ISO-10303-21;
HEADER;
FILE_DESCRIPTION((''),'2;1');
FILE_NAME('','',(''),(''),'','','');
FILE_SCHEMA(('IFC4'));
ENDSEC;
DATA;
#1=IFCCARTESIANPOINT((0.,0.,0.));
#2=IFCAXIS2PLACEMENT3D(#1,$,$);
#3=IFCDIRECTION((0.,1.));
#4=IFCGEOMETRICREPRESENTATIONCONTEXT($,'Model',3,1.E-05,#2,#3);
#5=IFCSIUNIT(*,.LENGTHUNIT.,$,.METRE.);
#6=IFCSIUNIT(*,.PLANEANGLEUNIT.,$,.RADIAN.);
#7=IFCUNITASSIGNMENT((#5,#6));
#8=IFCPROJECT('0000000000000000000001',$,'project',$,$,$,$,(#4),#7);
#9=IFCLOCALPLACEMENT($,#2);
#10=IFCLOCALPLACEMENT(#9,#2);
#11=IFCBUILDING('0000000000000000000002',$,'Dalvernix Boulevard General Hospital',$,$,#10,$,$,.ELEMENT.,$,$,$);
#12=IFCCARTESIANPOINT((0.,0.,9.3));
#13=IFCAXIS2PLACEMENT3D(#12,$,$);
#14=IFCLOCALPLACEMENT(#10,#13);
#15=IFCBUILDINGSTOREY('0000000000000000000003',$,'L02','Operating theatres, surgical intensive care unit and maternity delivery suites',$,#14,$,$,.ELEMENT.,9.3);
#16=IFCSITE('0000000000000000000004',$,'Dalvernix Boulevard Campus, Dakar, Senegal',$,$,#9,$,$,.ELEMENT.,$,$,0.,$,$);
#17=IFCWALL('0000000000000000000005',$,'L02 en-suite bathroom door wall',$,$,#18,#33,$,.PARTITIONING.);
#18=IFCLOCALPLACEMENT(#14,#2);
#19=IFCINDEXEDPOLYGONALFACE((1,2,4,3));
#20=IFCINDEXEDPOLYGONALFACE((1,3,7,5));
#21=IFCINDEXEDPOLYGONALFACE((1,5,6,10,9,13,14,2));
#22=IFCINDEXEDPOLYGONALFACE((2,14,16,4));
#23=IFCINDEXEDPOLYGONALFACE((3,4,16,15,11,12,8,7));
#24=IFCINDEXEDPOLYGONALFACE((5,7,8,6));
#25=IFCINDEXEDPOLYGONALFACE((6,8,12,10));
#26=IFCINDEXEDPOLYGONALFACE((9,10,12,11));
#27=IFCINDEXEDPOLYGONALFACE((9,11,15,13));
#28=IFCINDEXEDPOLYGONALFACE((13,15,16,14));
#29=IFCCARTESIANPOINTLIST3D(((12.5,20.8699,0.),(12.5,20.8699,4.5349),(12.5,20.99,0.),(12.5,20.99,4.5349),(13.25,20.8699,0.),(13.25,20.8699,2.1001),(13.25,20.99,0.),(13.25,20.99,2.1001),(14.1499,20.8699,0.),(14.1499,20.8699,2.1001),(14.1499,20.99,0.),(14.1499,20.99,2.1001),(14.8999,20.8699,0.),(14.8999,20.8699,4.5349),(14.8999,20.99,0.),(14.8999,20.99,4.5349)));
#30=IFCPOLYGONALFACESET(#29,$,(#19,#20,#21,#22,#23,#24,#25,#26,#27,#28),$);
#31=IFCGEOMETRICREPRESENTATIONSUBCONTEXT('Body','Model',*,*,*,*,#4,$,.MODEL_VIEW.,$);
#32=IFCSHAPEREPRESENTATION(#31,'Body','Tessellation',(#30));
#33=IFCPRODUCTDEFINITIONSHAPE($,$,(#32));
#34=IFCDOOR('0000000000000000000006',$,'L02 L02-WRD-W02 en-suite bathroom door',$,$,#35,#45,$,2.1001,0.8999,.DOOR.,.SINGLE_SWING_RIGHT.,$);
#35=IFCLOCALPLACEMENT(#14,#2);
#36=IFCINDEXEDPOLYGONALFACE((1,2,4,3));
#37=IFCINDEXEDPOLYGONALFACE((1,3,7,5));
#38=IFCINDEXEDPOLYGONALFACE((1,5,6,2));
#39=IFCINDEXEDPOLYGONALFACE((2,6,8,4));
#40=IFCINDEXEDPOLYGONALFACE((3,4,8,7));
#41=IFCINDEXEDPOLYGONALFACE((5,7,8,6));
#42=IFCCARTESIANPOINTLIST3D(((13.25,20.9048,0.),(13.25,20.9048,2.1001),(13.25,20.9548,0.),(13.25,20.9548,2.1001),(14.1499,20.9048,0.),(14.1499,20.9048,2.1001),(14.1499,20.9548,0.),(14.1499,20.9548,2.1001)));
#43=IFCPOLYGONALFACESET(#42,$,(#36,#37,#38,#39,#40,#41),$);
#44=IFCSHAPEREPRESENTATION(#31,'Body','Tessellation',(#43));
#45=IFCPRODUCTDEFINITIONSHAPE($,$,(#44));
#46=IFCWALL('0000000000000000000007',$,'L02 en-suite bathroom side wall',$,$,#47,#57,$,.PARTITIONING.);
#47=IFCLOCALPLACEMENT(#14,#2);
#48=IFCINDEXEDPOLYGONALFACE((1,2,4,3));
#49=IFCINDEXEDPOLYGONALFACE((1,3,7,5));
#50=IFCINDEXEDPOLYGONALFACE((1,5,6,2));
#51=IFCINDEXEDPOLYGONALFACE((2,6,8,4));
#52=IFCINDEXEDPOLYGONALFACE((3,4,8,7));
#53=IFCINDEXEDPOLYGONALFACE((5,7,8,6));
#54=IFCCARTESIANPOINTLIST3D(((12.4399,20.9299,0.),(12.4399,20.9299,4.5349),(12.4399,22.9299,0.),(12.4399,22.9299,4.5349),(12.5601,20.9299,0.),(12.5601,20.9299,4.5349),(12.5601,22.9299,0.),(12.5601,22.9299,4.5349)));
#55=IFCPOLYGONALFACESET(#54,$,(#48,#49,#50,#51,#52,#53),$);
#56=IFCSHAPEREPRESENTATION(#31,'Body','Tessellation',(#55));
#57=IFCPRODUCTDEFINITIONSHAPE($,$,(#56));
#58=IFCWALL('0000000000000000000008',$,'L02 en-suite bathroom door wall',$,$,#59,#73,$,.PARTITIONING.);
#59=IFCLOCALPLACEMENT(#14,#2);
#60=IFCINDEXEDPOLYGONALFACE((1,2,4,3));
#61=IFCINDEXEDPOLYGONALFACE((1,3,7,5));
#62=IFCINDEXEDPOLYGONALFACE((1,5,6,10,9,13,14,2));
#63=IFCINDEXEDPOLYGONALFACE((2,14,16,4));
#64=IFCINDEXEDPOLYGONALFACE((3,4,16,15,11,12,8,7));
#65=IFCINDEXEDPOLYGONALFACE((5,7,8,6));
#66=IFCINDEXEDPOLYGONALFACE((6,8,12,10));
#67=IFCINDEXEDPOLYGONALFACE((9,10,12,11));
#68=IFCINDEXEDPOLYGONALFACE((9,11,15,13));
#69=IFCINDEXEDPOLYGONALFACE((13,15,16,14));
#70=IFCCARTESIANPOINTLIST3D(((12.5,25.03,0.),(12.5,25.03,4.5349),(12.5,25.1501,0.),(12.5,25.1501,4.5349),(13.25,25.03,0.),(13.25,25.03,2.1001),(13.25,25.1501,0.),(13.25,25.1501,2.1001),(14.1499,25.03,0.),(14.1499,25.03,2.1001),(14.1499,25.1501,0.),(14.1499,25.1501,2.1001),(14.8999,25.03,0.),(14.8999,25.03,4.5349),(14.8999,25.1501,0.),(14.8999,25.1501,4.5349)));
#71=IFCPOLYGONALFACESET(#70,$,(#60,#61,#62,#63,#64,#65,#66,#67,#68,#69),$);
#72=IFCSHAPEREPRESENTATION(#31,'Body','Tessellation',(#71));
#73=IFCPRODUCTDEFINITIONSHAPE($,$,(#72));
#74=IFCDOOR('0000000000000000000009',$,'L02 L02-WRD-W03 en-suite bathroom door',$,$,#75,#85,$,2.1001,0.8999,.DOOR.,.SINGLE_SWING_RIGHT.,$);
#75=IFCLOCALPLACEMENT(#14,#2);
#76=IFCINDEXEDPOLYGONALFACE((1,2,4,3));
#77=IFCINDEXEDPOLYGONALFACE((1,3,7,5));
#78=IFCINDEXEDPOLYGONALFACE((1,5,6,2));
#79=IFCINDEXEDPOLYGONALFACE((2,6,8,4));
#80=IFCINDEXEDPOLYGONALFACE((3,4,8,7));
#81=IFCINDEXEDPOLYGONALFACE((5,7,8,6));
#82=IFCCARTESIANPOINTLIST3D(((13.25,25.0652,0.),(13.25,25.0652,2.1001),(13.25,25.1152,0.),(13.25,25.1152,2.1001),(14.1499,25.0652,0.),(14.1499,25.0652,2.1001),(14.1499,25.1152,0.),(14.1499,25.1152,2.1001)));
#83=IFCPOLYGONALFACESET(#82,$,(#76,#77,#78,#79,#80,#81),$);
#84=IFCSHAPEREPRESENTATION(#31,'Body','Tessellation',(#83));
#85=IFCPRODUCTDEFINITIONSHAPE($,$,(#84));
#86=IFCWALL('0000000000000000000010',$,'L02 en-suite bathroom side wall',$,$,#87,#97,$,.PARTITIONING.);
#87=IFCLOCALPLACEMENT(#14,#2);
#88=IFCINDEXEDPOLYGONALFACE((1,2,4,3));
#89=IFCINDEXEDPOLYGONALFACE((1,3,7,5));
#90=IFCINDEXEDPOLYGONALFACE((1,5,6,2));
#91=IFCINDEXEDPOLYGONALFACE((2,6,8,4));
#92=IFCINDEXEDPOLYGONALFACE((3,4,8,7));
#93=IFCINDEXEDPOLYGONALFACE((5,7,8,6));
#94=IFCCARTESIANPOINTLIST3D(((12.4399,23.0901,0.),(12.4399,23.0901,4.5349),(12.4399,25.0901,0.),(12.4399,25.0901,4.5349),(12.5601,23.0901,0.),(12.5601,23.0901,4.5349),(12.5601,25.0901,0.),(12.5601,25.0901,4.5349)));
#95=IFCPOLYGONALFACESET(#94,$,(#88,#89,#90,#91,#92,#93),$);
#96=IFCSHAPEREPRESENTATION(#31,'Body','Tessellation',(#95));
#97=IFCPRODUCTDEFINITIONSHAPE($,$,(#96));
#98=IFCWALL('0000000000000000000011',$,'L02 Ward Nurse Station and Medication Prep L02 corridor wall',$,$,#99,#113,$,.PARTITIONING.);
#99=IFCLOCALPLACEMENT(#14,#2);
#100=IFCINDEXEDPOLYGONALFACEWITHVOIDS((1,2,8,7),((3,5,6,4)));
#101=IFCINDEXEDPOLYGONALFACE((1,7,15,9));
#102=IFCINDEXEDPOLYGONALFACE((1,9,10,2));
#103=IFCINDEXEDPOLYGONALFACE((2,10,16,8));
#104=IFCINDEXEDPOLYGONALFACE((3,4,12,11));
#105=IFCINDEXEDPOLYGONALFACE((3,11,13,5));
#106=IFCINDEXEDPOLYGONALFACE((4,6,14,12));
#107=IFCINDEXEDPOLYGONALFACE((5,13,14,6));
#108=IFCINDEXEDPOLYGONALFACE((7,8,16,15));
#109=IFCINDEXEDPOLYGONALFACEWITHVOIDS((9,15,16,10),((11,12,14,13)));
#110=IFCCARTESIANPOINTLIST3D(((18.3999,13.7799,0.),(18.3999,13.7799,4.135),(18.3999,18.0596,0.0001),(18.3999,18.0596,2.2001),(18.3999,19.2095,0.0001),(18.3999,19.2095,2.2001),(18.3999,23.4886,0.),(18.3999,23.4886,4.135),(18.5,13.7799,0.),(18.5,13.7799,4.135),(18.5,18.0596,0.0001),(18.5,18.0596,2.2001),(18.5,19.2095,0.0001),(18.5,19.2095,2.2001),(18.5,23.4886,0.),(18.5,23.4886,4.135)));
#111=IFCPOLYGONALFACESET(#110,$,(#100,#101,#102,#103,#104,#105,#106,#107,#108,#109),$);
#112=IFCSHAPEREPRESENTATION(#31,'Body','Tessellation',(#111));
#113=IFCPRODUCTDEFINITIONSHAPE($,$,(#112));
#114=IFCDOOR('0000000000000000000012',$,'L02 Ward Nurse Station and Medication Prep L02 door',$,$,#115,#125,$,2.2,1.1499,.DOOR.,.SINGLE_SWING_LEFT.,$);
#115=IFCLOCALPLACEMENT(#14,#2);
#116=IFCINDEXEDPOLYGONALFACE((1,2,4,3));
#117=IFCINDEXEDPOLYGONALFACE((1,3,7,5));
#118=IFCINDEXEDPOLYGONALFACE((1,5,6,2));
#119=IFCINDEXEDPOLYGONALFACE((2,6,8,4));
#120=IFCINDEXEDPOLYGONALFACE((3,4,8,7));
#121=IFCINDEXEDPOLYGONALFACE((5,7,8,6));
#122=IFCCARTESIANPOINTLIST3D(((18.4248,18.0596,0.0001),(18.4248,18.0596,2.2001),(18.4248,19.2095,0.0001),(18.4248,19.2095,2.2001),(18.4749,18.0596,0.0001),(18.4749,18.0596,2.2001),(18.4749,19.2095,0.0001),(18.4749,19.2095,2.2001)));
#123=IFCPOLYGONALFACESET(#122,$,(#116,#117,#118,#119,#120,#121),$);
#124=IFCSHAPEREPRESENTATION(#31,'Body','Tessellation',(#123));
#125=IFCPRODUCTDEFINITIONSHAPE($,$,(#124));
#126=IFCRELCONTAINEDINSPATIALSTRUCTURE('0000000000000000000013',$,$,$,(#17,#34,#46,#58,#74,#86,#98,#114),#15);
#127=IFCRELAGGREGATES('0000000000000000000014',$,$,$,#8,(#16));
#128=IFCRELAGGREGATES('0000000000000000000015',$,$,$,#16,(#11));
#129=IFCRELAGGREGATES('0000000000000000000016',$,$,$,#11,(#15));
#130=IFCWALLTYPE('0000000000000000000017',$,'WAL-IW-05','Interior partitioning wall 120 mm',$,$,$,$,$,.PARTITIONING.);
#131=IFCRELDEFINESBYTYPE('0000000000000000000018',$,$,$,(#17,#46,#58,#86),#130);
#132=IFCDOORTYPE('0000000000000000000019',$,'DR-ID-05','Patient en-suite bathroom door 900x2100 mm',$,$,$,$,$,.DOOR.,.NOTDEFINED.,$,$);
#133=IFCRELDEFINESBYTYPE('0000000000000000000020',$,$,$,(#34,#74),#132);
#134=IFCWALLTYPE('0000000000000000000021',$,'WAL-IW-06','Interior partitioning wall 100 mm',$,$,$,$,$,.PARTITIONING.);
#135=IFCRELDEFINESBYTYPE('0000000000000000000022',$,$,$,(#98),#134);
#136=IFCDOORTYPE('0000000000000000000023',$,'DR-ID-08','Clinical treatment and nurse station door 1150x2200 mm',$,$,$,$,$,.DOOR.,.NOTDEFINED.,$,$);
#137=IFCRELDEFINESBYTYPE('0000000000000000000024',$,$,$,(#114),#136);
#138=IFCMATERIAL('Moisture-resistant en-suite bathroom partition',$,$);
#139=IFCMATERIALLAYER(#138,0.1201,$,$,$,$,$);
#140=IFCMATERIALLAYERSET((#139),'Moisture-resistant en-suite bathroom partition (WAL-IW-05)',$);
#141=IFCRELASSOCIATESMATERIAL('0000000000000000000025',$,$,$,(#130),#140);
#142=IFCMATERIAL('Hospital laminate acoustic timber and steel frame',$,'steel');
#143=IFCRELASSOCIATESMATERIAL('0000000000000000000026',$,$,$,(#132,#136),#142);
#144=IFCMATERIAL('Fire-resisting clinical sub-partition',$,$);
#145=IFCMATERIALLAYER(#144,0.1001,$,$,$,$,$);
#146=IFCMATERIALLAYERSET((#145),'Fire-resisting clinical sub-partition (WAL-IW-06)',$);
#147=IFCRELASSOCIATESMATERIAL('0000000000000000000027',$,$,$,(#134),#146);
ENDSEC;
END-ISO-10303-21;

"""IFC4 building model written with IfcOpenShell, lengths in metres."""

from ifc_helpers import new_model, si_unit, direction, frame, frame_2d, origin, place, context, subcontext, project, spatial, rectangle, extrude, material, layer, layer_set, type_object, element, fill, save


model = new_model("IFC4")

# Units and contexts
model_context = context("Model", 3, precision=1e-05, world=origin(), true_north=direction((0.0, 1.0)))
body_context = subcontext(model_context, "Body", "Model", "MODEL_VIEW")
ifc_project = project(units=[si_unit("LENGTHUNIT", "METRE"), si_unit("PLANEANGLEUNIT", "RADIAN")], contexts=[model_context])

# Site, building, storey
site_placement = place(None, origin())
site = spatial("IfcSite", under=ifc_project, at=site_placement, Name="Dalvernix Boulevard Campus, Dakar, Senegal", CompositionType="ELEMENT", RefElevation=0.0)
building_placement = place(site_placement, origin())
building = spatial("IfcBuilding", under=site, at=building_placement, Name="Dalvernix Boulevard General Hospital", CompositionType="ELEMENT")
storey_placement = place(building_placement, frame((0.0, 0.0, 9.3)))
storey = spatial("IfcBuildingStorey", under=building, at=storey_placement, Name="L02", Description="Operating theatres, surgical intensive care unit and maternity delivery suites", CompositionType="ELEMENT", Elevation=9.3)

# Shared definitions
ifc_material_1 = material(Name="Hospital laminate acoustic timber and steel frame", Category="steel")

# Wall, opening, door
ifc_material_2 = material(Name="Moisture-resistant en-suite bathroom partition")
ifc_layer_1 = layer(ifc_material_2, 0.1201)
ifc_layer_set_1 = layer_set([ifc_layer_1], Name="Moisture-resistant en-suite bathroom partition (WAL-IW-05)")
wall_type_1 = type_object("IfcWallType", Name="WAL-IW-05", Description="Interior partitioning wall 120 mm", PredefinedType="PARTITIONING", material=ifc_layer_set_1)
wall_1_placement = place(storey_placement, frame((12.5, 20.9299, 0.0), z_axis=(0.0, 0.0, 1.0), x_axis=(1.0, 0.0, 0.0)))
wall_1 = element("IfcWall", 1, at=wall_1_placement, inside=storey, type_object=wall_type_1, Name="L02 en-suite bathroom door wall", PredefinedType="PARTITIONING", context=body_context, shape_type="SweptSolid", body=[
    extrude(rectangle(XDim=2.3999, YDim=0.1201, at=frame_2d((1.2, 0.0))), origin(), (0.0, 0.0, 1.0), 4.5349),
])
opening_1_placement = place(wall_1_placement, frame((0.75, 0.0, 0.0)))
opening_1 = element("IfcOpeningElement", 2, at=opening_1_placement, cuts=wall_1, PredefinedType="OPENING", context=body_context, shape_type="SweptSolid", body=[
    extrude(rectangle(XDim=0.8999, YDim=2.1001, at=frame_2d((0.45, 1.05))), frame((0.0, 0.0701, 0.0), z_axis=(0.0, -1.0, 0.0), x_axis=(1.0, 0.0, 0.0)), (0.0, 0.0, 1.0), 0.1401),
])
door_type_1 = type_object("IfcDoorType", Name="DR-ID-05", Description="Patient en-suite bathroom door 900x2100 mm", OperationType="NOTDEFINED", PredefinedType="DOOR", material=ifc_material_1)
door_1_placement = place(opening_1_placement, origin())
door_1 = element("IfcDoor", 3, at=door_1_placement, inside=storey, type_object=door_type_1, Name="L02 L02-WRD-W02 en-suite bathroom door", OperationType="SINGLE_SWING_RIGHT", OverallHeight=2.1001, OverallWidth=0.8999, PredefinedType="DOOR", context=body_context, shape_type="SweptSolid", body=[
    extrude(rectangle(XDim=0.8999, YDim=2.1001, at=frame_2d((0.45, 1.05))), frame((0.0, 0.0249, 0.0), z_axis=(0.0, -1.0, 0.0), x_axis=(1.0, 0.0, 0.0)), (0.0, 0.0, 1.0), 0.05),
])
fill(opening_1, door_1)

# Wall
wall_2_placement = place(storey_placement, frame((12.5, 20.9299, 0.0), z_axis=(0.0, 0.0, 1.0), x_axis=(0.0, 1.0, 0.0)))
element("IfcWall", 4, at=wall_2_placement, inside=storey, type_object=wall_type_1, Name="L02 en-suite bathroom side wall", PredefinedType="PARTITIONING", context=body_context, shape_type="SweptSolid", body=[
    extrude(rectangle(XDim=2.0, YDim=0.1201, at=frame_2d((1.0, 0.0))), origin(), (0.0, 0.0, 1.0), 4.5349),
])

# Wall, opening, door
wall_3_placement = place(storey_placement, frame((14.8999, 25.0901, 0.0), z_axis=(0.0, 0.0, 1.0), x_axis=(-1.0, 0.0, 0.0)))
wall_3 = element("IfcWall", 5, at=wall_3_placement, inside=storey, type_object=wall_type_1, Name="L02 en-suite bathroom door wall", PredefinedType="PARTITIONING", context=body_context, shape_type="SweptSolid", body=[
    extrude(rectangle(XDim=2.3999, YDim=0.1201, at=frame_2d((1.2, 0.0))), origin(), (0.0, 0.0, 1.0), 4.5349),
])
opening_2_placement = place(wall_3_placement, frame((0.75, 0.0, 0.0)))
opening_2 = element("IfcOpeningElement", 6, at=opening_2_placement, cuts=wall_3, PredefinedType="OPENING", context=body_context, shape_type="SweptSolid", body=[
    extrude(rectangle(XDim=0.8999, YDim=2.1001, at=frame_2d((0.45, 1.05))), frame((0.0, 0.0701, 0.0), z_axis=(0.0, -1.0, 0.0), x_axis=(1.0, 0.0, 0.0)), (0.0, 0.0, 1.0), 0.1401),
])
door_2_placement = place(opening_2_placement, origin())
door_2 = element("IfcDoor", 7, at=door_2_placement, inside=storey, type_object=door_type_1, Name="L02 L02-WRD-W03 en-suite bathroom door", OperationType="SINGLE_SWING_RIGHT", OverallHeight=2.1001, OverallWidth=0.8999, PredefinedType="DOOR", context=body_context, shape_type="SweptSolid", body=[
    extrude(rectangle(XDim=0.8999, YDim=2.1001, at=frame_2d((0.45, 1.05))), frame((0.0, 0.0249, 0.0), z_axis=(0.0, -1.0, 0.0), x_axis=(1.0, 0.0, 0.0)), (0.0, 0.0, 1.0), 0.05),
])
fill(opening_2, door_2)

# Wall
wall_4_placement = place(storey_placement, frame((12.5, 23.0901, 0.0), z_axis=(0.0, 0.0, 1.0), x_axis=(0.0, 1.0, 0.0)))
element("IfcWall", 8, at=wall_4_placement, inside=storey, type_object=wall_type_1, Name="L02 en-suite bathroom side wall", PredefinedType="PARTITIONING", context=body_context, shape_type="SweptSolid", body=[
    extrude(rectangle(XDim=2.0, YDim=0.1201, at=frame_2d((1.0, 0.0))), origin(), (0.0, 0.0, 1.0), 4.5349),
])

# Wall, opening, door
ifc_material_3 = material(Name="Fire-resisting clinical sub-partition")
ifc_layer_2 = layer(ifc_material_3, 0.1001)
ifc_layer_set_2 = layer_set([ifc_layer_2], Name="Fire-resisting clinical sub-partition (WAL-IW-06)")
wall_type_2 = type_object("IfcWallType", Name="WAL-IW-06", Description="Interior partitioning wall 100 mm", PredefinedType="PARTITIONING", material=ifc_layer_set_2)
wall_5_placement = place(storey_placement, frame((18.45, 23.4888, 0.0), z_axis=(0.0, 0.0, 1.0), x_axis=(0.0, -1.0, 0.0)))
wall_5 = element("IfcWall", 9, at=wall_5_placement, inside=storey, type_object=wall_type_2, Name="L02 Ward Nurse Station and Medication Prep L02 corridor wall", PredefinedType="PARTITIONING", context=body_context, shape_type="SweptSolid", body=[
    extrude(rectangle(XDim=9.7087, YDim=0.1001, at=frame_2d((4.8545, 0.0))), origin(), (0.0, 0.0, 1.0), 4.135),
])
opening_3_placement = place(wall_5_placement, frame((4.2793, 0.0, 0.0)))
opening_3 = element("IfcOpeningElement", 10, at=opening_3_placement, cuts=wall_5, PredefinedType="OPENING", context=body_context, shape_type="SweptSolid", body=[
    extrude(rectangle(XDim=1.1499, YDim=2.2, at=frame_2d((0.575, 1.1001))), frame((0.0, 0.0601, 0.0), z_axis=(0.0, -1.0, 0.0), x_axis=(1.0, 0.0, 0.0)), (0.0, 0.0, 1.0), 0.1201),
])
door_type_2 = type_object("IfcDoorType", Name="DR-ID-08", Description="Clinical treatment and nurse station door 1150x2200 mm", OperationType="NOTDEFINED", PredefinedType="DOOR", material=ifc_material_1)
door_3_placement = place(opening_3_placement, origin())
door_3 = element("IfcDoor", 11, at=door_3_placement, inside=storey, type_object=door_type_2, Name="L02 Ward Nurse Station and Medication Prep L02 door", OperationType="SINGLE_SWING_LEFT", OverallHeight=2.2, OverallWidth=1.1499, PredefinedType="DOOR", context=body_context, shape_type="SweptSolid", body=[
    extrude(rectangle(XDim=1.1499, YDim=2.2, at=frame_2d((0.575, 1.1001))), frame((0.0, 0.0249, 0.0), z_axis=(0.0, -1.0, 0.0), x_axis=(1.0, 0.0, 0.0)), (0.0, 0.0, 1.0), 0.05),
])
fill(opening_3, door_3)

save(model, "model.ifc")
